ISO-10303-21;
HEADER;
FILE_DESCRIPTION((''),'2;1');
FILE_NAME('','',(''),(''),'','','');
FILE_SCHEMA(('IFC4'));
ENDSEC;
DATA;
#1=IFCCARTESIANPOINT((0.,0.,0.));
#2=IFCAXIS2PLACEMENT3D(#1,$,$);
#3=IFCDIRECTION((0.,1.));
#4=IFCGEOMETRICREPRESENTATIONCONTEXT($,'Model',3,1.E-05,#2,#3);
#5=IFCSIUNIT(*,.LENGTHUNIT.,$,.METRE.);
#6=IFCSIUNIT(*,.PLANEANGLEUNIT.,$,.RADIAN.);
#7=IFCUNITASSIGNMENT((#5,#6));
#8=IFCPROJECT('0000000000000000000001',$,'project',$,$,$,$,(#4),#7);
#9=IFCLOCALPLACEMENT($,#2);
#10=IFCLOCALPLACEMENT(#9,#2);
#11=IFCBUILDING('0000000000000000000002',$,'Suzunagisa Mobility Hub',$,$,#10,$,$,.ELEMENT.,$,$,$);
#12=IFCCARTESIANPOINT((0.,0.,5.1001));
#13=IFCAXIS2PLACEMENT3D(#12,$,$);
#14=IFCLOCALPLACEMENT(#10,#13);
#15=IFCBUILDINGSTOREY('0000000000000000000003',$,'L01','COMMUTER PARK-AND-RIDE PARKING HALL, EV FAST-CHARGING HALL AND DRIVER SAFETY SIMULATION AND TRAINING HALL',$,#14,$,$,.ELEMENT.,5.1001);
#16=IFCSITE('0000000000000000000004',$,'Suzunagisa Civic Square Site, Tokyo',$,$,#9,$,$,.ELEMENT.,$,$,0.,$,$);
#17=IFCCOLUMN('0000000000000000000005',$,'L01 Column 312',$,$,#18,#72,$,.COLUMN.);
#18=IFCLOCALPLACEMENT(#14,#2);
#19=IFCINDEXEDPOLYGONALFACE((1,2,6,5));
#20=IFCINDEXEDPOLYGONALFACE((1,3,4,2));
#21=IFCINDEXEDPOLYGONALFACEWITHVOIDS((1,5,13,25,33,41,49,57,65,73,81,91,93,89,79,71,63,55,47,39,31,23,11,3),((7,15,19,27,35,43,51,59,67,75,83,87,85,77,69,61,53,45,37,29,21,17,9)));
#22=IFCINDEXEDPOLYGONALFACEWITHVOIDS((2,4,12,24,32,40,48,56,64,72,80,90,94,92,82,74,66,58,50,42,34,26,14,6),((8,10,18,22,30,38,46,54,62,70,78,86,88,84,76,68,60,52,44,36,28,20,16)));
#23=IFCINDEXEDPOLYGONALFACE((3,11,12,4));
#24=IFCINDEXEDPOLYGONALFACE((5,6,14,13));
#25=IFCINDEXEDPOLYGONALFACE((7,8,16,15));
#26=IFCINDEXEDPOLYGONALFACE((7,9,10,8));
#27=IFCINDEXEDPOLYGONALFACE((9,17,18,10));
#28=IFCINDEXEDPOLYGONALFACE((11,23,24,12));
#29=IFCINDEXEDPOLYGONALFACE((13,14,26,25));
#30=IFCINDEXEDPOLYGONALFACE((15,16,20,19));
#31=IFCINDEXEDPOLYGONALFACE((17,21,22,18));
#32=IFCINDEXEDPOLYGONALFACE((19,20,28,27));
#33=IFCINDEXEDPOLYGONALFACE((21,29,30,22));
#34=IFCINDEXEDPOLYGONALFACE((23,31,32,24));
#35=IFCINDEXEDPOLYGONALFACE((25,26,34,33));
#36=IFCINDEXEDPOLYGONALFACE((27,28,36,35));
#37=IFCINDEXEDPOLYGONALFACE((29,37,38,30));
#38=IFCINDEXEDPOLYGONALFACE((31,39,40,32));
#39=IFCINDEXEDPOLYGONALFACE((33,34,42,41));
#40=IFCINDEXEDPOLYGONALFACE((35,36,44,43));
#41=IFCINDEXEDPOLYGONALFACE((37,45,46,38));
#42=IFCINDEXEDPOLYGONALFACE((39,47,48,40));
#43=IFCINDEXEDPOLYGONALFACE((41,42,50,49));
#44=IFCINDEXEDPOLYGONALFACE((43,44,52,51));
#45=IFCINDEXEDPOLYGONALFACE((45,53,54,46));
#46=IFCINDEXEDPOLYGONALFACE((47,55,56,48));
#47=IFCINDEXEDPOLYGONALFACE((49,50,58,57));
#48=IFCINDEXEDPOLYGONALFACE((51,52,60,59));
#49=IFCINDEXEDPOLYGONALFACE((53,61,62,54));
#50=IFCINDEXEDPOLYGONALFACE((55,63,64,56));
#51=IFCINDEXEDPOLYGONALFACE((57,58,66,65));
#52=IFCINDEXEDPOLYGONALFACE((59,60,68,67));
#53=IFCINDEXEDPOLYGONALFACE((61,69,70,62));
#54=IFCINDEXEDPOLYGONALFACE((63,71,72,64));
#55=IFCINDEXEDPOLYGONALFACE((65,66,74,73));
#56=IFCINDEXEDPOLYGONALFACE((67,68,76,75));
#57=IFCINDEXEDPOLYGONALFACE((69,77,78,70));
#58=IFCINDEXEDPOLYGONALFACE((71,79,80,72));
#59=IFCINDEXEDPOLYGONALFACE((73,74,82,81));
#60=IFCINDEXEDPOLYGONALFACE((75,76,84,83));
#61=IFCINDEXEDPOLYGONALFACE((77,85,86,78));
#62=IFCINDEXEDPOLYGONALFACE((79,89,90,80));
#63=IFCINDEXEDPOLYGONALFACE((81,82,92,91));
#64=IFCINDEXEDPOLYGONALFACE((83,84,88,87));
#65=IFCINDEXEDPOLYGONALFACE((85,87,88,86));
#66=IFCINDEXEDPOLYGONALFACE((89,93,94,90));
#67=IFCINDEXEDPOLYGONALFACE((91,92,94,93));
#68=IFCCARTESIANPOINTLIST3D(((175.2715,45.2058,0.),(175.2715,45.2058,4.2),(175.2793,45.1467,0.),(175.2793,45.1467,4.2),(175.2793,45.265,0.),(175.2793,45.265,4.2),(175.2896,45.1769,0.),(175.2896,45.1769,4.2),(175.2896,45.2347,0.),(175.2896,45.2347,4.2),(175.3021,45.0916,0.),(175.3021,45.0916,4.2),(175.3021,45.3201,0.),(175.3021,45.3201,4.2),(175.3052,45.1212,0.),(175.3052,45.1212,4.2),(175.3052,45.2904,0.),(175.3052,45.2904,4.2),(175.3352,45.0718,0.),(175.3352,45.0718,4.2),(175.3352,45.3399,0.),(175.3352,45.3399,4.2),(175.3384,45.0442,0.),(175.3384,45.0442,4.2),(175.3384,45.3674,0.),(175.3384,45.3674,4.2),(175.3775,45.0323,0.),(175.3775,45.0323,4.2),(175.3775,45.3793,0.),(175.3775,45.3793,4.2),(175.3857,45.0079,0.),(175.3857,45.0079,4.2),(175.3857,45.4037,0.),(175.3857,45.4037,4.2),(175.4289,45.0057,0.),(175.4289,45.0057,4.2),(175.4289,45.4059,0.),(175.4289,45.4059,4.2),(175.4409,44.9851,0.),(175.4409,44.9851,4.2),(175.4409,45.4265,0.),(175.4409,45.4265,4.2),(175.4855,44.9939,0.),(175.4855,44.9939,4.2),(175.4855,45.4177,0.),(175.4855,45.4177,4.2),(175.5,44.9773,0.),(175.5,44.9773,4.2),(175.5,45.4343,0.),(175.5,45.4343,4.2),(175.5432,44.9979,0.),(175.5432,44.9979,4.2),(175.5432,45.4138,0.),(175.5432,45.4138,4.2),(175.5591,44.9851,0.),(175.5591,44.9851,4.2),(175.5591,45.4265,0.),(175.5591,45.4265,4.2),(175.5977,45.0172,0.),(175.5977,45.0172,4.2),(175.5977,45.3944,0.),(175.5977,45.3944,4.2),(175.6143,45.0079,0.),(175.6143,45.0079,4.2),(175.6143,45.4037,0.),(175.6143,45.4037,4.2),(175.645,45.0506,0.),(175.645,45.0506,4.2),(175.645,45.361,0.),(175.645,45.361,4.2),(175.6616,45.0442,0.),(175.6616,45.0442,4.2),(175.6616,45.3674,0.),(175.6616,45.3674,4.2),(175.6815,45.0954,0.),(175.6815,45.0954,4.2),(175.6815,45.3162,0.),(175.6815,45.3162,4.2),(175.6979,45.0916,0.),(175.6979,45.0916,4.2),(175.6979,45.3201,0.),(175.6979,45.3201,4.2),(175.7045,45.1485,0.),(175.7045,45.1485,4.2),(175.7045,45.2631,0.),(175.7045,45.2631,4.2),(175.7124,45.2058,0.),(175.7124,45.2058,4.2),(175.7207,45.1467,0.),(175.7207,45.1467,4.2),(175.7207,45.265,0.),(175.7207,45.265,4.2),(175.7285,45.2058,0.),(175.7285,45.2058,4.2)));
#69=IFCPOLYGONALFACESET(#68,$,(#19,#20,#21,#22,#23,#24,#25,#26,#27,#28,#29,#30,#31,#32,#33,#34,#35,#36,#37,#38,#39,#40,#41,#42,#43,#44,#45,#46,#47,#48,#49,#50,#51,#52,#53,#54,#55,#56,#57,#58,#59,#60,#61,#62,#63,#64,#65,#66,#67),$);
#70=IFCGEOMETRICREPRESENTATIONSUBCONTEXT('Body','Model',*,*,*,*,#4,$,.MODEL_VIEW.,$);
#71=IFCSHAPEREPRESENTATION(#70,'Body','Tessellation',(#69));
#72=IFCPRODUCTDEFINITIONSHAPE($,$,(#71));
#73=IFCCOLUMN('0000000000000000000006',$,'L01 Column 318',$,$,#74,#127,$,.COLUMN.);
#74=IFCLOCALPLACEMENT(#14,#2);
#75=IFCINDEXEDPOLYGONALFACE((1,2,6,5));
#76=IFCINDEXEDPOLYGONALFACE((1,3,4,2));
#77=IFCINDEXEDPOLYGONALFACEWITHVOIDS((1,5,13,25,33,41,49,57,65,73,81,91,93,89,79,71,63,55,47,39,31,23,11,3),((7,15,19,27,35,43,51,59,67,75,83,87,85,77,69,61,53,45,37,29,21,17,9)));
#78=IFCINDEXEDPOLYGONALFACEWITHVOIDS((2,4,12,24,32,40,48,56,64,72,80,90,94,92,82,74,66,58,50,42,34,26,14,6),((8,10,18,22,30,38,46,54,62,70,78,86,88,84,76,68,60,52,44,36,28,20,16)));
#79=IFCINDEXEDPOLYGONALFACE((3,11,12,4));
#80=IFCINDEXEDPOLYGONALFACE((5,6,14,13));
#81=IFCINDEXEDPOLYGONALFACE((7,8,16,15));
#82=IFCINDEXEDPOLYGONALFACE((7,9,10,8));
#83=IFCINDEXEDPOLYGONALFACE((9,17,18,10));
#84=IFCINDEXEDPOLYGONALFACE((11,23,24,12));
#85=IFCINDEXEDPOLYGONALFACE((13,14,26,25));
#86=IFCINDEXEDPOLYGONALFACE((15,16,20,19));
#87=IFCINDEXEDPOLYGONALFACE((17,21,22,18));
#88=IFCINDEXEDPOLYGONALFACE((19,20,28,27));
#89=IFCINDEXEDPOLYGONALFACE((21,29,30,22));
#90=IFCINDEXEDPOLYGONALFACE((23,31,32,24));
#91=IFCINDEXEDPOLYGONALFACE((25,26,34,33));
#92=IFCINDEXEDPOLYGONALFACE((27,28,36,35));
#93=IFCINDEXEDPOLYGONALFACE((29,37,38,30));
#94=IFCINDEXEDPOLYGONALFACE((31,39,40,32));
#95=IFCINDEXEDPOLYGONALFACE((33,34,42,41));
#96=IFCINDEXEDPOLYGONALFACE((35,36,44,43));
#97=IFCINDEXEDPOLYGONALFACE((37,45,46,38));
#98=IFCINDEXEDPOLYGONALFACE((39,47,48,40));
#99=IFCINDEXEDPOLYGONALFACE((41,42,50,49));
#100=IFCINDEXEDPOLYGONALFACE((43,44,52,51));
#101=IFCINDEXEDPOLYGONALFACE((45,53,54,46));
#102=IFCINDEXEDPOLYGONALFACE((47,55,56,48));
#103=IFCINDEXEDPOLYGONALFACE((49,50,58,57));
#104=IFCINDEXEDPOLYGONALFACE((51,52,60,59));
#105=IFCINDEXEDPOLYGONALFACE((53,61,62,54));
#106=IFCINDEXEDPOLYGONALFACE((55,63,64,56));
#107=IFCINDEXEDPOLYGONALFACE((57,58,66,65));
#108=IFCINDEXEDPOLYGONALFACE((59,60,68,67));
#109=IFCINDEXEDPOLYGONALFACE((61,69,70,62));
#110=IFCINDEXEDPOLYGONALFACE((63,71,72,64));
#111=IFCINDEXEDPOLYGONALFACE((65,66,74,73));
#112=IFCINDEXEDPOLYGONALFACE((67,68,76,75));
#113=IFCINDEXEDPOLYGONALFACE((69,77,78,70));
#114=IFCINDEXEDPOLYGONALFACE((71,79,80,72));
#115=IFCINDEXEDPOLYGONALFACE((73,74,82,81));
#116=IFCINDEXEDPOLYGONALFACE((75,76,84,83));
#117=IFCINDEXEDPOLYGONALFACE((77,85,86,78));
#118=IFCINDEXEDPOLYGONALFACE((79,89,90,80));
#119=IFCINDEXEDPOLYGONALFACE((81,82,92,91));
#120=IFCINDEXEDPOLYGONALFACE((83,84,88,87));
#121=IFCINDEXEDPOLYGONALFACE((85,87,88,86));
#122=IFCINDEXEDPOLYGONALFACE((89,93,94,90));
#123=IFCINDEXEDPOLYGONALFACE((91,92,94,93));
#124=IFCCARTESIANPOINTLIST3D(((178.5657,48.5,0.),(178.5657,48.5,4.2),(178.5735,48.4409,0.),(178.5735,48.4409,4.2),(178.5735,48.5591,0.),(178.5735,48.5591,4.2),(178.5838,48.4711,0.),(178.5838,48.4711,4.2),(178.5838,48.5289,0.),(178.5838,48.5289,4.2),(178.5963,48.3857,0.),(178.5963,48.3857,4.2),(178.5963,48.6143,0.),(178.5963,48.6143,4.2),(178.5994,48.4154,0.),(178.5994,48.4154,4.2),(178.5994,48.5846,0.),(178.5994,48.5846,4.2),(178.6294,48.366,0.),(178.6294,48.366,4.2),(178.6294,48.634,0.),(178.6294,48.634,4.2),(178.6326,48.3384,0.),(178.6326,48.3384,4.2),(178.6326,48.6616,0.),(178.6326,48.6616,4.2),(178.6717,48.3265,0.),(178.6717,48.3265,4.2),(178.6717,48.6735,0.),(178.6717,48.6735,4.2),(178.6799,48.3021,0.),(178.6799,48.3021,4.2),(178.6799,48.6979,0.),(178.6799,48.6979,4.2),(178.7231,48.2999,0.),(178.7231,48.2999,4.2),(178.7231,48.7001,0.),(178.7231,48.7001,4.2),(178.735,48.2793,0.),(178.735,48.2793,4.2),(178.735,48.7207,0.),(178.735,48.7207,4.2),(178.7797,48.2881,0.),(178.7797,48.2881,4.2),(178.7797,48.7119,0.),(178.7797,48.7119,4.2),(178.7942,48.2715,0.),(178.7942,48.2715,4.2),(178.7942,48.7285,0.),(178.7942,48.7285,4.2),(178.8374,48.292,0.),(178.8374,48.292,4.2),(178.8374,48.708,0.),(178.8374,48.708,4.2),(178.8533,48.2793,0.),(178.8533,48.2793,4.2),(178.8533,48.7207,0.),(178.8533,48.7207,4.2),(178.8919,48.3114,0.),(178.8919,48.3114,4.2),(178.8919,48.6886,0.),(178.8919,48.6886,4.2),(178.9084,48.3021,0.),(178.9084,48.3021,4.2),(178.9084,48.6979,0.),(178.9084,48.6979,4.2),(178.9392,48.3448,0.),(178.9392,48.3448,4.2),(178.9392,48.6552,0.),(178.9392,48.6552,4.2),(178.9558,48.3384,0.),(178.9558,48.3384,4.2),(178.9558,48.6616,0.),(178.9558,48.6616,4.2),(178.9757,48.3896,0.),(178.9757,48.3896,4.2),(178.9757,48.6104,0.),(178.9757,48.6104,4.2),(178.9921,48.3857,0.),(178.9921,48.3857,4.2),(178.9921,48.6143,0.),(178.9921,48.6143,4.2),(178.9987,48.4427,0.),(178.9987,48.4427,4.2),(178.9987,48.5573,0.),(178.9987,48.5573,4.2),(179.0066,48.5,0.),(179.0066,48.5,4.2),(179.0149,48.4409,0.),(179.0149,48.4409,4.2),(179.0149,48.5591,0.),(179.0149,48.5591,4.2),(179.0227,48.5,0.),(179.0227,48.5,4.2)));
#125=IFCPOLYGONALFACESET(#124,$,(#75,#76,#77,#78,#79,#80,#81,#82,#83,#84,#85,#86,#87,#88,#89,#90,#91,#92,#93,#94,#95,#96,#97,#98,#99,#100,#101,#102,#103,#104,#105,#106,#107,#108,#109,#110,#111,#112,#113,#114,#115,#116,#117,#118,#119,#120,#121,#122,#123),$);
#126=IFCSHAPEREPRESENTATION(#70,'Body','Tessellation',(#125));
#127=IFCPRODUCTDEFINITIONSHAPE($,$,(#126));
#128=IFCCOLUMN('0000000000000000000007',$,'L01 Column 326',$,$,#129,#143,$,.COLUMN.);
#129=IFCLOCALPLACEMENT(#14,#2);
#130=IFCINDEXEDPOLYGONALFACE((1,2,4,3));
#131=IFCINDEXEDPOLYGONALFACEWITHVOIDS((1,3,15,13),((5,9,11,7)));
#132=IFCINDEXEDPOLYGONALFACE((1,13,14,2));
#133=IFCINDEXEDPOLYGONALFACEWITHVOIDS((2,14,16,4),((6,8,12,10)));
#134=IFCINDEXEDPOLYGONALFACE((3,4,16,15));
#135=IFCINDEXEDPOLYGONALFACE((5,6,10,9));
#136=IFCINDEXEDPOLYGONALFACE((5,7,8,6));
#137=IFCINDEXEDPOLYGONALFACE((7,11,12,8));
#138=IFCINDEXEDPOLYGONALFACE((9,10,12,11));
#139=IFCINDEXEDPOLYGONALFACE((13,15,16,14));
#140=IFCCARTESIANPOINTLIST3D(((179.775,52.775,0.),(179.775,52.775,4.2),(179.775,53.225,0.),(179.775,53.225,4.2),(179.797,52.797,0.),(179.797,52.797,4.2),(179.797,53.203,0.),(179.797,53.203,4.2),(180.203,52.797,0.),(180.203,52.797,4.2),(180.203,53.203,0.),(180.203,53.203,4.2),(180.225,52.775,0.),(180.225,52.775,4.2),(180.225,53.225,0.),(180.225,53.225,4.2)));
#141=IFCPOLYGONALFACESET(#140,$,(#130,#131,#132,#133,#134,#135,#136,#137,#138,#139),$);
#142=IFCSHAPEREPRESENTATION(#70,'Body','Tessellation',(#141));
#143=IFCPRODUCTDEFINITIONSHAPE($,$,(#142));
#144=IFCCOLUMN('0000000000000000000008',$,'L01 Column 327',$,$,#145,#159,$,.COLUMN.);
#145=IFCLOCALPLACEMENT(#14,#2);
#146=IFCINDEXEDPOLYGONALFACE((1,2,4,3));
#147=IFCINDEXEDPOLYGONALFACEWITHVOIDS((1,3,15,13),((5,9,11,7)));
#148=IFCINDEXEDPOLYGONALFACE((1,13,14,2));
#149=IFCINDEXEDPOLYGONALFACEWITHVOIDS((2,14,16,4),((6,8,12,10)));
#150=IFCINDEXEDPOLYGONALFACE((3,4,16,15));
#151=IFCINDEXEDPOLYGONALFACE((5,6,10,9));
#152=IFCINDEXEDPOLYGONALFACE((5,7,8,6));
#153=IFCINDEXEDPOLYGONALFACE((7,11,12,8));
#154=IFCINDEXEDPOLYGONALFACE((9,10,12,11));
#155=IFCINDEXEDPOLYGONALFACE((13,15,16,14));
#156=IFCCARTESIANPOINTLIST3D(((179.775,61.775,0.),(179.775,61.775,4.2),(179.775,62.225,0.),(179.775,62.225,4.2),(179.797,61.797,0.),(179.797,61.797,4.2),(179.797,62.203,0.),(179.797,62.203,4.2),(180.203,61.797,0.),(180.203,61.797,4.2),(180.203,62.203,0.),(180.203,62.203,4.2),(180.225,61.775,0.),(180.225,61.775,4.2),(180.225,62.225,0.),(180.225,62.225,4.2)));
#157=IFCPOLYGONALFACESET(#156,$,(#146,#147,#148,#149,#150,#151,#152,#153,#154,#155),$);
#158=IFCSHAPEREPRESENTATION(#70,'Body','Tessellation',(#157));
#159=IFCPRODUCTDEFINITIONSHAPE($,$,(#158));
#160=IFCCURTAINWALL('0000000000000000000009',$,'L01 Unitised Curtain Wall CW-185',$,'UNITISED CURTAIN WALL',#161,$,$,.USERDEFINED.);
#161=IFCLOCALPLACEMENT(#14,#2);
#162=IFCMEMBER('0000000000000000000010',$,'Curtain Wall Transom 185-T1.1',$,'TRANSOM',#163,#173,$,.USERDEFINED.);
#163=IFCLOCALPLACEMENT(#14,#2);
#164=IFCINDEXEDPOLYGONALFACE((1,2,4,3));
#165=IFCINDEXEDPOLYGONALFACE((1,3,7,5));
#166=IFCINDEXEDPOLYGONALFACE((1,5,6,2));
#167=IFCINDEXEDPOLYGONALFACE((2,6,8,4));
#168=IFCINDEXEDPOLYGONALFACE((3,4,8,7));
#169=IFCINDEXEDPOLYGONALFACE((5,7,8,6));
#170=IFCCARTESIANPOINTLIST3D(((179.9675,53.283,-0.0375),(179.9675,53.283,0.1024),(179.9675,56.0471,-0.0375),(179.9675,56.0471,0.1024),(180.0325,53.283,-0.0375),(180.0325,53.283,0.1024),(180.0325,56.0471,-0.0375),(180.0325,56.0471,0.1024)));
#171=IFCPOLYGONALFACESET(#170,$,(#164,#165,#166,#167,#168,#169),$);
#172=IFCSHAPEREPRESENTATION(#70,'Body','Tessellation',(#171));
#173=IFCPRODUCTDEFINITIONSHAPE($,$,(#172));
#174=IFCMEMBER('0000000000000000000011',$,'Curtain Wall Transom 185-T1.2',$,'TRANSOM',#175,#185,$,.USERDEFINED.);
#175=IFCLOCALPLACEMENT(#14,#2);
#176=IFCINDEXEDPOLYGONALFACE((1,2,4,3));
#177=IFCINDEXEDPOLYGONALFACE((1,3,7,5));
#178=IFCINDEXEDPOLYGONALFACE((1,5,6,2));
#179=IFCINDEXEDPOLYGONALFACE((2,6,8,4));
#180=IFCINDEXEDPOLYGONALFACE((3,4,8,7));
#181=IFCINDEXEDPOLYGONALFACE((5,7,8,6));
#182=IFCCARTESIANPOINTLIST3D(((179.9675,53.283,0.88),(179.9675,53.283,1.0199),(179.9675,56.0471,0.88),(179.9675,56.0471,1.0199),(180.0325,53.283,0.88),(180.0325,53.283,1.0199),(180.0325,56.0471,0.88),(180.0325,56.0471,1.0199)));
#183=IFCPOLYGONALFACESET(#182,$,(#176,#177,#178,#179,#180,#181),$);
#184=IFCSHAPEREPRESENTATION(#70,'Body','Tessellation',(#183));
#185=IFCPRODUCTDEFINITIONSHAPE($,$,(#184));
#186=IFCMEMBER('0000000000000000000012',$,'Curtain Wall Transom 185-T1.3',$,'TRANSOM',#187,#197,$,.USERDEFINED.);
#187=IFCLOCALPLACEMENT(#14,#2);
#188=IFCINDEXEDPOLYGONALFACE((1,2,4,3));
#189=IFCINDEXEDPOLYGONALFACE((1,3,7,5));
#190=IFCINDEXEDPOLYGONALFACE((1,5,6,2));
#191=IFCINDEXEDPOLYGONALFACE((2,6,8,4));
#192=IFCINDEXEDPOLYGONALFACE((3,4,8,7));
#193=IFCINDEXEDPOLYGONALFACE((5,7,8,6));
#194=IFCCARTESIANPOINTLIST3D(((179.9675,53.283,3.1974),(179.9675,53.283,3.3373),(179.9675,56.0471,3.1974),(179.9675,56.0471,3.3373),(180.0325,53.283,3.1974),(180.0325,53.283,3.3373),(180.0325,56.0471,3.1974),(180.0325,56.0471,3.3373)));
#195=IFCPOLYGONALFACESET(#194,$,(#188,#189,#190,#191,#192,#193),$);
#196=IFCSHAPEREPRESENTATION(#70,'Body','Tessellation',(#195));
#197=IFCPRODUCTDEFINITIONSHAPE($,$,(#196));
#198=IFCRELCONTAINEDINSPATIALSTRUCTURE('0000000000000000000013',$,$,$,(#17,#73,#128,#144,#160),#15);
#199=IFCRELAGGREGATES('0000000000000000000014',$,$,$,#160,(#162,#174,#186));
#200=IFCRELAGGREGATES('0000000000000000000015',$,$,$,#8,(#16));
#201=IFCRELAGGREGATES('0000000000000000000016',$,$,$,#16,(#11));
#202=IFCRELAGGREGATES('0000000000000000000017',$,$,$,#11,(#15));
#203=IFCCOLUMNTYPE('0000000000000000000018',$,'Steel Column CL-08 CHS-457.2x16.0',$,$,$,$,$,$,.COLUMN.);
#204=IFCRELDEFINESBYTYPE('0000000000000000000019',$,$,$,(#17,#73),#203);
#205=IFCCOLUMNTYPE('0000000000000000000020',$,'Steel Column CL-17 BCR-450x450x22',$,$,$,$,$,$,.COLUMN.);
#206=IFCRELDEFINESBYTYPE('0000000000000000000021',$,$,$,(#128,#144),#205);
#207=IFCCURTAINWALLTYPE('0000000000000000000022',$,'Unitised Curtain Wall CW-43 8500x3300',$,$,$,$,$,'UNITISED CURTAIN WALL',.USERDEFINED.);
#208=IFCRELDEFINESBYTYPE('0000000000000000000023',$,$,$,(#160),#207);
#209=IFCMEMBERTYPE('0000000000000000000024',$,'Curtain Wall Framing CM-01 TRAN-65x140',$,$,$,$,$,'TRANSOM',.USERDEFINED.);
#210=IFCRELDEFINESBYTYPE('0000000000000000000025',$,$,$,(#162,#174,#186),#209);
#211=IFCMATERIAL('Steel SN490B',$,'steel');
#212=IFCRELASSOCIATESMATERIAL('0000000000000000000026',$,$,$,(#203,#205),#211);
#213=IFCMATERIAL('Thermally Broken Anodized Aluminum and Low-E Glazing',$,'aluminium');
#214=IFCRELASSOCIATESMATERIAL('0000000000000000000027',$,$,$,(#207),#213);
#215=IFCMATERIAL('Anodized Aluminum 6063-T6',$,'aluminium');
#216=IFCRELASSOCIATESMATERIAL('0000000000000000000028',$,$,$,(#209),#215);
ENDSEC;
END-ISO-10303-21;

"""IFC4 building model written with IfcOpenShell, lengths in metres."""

from ifc_helpers import new_model, si_unit, direction, frame, origin, origin_2d, place, context, subcontext, project, spatial, rectangle, hollow_rectangle, hollow_circle, extrude, material, material_profile, profile_set, type_object, element, aggregate, save


model = new_model("IFC4")

# Units and contexts
model_context = context("Model", 3, precision=1e-05, world=origin(), true_north=direction((0.0, 1.0)))
body_context = subcontext(model_context, "Body", "Model", "MODEL_VIEW")
ifc_project = project(units=[si_unit("LENGTHUNIT", "METRE"), si_unit("PLANEANGLEUNIT", "RADIAN")], contexts=[model_context])

# Site, building, storey
site_placement = place(None, origin())
site = spatial("IfcSite", under=ifc_project, at=site_placement, Name="Suzunagisa Civic Square Site, Tokyo", CompositionType="ELEMENT", RefElevation=0.0)
building_placement = place(site_placement, origin())
building = spatial("IfcBuilding", under=site, at=building_placement, Name="Suzunagisa Mobility Hub", CompositionType="ELEMENT")
storey_placement = place(building_placement, frame((0.0, 0.0, 5.1001)))
storey = spatial("IfcBuildingStorey", under=building, at=storey_placement, Name="L01", Description="COMMUTER PARK-AND-RIDE PARKING HALL, EV FAST-CHARGING HALL AND DRIVER SAFETY SIMULATION AND TRAINING HALL", CompositionType="ELEMENT", Elevation=5.1001)

# Columns
ifc_material_1 = material(Name="Steel SN490B", Category="steel")
ifc_material_profile_1 = material_profile(ifc_material_1, hollow_circle(Radius=0.2285, WallThickness=0.0161, at=origin_2d()), Name="CHS-457.2x16.0")
ifc_profile_set_1 = profile_set([ifc_material_profile_1], Name="Steel SN490B")
column_type_1 = type_object("IfcColumnType", Name="Steel Column CL-08 CHS-457.2x16.0", PredefinedType="COLUMN", material=ifc_profile_set_1)
for number, where, z_axis, x_axis, name in (
    (1, (175.5, 45.2058, 0.0), (0.0, 0.0, 1.0), (1.0, 0.0, 0.0), "L01 Column 312"),
    (2, (178.7942, 48.5, 0.0), (0.0, 0.0, 1.0), (1.0, 0.0, 0.0), "L01 Column 318"),
):
    element("IfcColumn", number, at=place(storey_placement, frame(where, z_axis=z_axis, x_axis=x_axis)), inside=storey, type_object=column_type_1, Name=name, PredefinedType="COLUMN", context=body_context, shape_type="SweptSolid", body=[
        extrude(hollow_circle(Radius=0.2285, WallThickness=0.0161, at=origin_2d()), origin(), (0.0, 0.0, 1.0), 4.2),
    ])
ifc_material_profile_2 = material_profile(ifc_material_1, hollow_rectangle(XDim=0.45, YDim=0.45, WallThickness=0.022, at=origin_2d()), Name="BCR-450x450x22")
ifc_profile_set_2 = profile_set([ifc_material_profile_2], Name="Steel SN490B")
column_type_2 = type_object("IfcColumnType", Name="Steel Column CL-17 BCR-450x450x22", PredefinedType="COLUMN", material=ifc_profile_set_2)
for number, where, z_axis, x_axis, name in (
    (3, (180.0, 53.0, 0.0), (0.0, 0.0, 1.0), (1.0, 0.0, 0.0), "L01 Column 326"),
    (4, (180.0, 62.0, 0.0), (0.0, 0.0, 1.0), (1.0, 0.0, 0.0), "L01 Column 327"),
):
    element("IfcColumn", number, at=place(storey_placement, frame(where, z_axis=z_axis, x_axis=x_axis)), inside=storey, type_object=column_type_2, Name=name, PredefinedType="COLUMN", context=body_context, shape_type="SweptSolid", body=[
        extrude(hollow_rectangle(XDim=0.45, YDim=0.45, WallThickness=0.022, at=origin_2d()), origin(), (0.0, 0.0, 1.0), 4.2),
    ])

# Curtain wall, members
ifc_material_2 = material(Name="Thermally Broken Anodized Aluminum and Low-E Glazing", Category="aluminium")
curtain_wall_type = type_object("IfcCurtainWallType", Name="Unitised Curtain Wall CW-43 8500x3300", ElementType="UNITISED CURTAIN WALL", PredefinedType="USERDEFINED", material=ifc_material_2)
curtain_wall_placement = place(storey_placement, origin())
curtain_wall = element("IfcCurtainWall", 5, at=curtain_wall_placement, inside=storey, type_object=curtain_wall_type, Name="L01 Unitised Curtain Wall CW-185", ObjectType="UNITISED CURTAIN WALL", PredefinedType="USERDEFINED")
ifc_material_3 = material(Name="Anodized Aluminum 6063-T6", Category="aluminium")
ifc_material_profile_3 = material_profile(ifc_material_3, rectangle(XDim=0.0649, YDim=0.1399, at=origin_2d()), Name="TRAN-65x140")
ifc_profile_set_3 = profile_set([ifc_material_profile_3], Name="Anodized Aluminum 6063-T6")
member_type_1 = type_object("IfcMemberType", Name="Curtain Wall Framing CM-01 TRAN-65x140", ElementType="TRANSOM", PredefinedType="USERDEFINED", material=ifc_profile_set_3)
member_1_placement = place(storey_placement, frame((180.0, 53.283, 0.0325), z_axis=(0.0, 1.0, 0.0), x_axis=(-1.0, 0.0, 0.0)))
member_1 = element("IfcMember", 6, at=member_1_placement, type_object=member_type_1, Name="Curtain Wall Transom 185-T1.1", ObjectType="TRANSOM", PredefinedType="USERDEFINED", context=body_context, shape_type="SweptSolid", body=[
    extrude(rectangle(XDim=0.0649, YDim=0.1399, at=origin_2d()), origin(), (0.0, 0.0, 1.0), 2.7642),
])
member_2_placement = place(storey_placement, frame((180.0, 53.283, 0.95), z_axis=(0.0, 1.0, 0.0), x_axis=(-1.0, 0.0, 0.0)))
member_2 = element("IfcMember", 7, at=member_2_placement, type_object=member_type_1, Name="Curtain Wall Transom 185-T1.2", ObjectType="TRANSOM", PredefinedType="USERDEFINED", context=body_context, shape_type="SweptSolid", body=[
    extrude(rectangle(XDim=0.0649, YDim=0.1399, at=origin_2d()), origin(), (0.0, 0.0, 1.0), 2.7642),
])
member_3_placement = place(storey_placement, frame((180.0, 53.283, 3.2673), z_axis=(0.0, 1.0, 0.0), x_axis=(-1.0, 0.0, 0.0)))
member_3 = element("IfcMember", 8, at=member_3_placement, type_object=member_type_1, Name="Curtain Wall Transom 185-T1.3", ObjectType="TRANSOM", PredefinedType="USERDEFINED", context=body_context, shape_type="SweptSolid", body=[
    extrude(rectangle(XDim=0.0649, YDim=0.1399, at=origin_2d()), origin(), (0.0, 0.0, 1.0), 2.7642),
])

aggregate(curtain_wall, [member_1, member_2, member_3])

save(model, "model.ifc")
